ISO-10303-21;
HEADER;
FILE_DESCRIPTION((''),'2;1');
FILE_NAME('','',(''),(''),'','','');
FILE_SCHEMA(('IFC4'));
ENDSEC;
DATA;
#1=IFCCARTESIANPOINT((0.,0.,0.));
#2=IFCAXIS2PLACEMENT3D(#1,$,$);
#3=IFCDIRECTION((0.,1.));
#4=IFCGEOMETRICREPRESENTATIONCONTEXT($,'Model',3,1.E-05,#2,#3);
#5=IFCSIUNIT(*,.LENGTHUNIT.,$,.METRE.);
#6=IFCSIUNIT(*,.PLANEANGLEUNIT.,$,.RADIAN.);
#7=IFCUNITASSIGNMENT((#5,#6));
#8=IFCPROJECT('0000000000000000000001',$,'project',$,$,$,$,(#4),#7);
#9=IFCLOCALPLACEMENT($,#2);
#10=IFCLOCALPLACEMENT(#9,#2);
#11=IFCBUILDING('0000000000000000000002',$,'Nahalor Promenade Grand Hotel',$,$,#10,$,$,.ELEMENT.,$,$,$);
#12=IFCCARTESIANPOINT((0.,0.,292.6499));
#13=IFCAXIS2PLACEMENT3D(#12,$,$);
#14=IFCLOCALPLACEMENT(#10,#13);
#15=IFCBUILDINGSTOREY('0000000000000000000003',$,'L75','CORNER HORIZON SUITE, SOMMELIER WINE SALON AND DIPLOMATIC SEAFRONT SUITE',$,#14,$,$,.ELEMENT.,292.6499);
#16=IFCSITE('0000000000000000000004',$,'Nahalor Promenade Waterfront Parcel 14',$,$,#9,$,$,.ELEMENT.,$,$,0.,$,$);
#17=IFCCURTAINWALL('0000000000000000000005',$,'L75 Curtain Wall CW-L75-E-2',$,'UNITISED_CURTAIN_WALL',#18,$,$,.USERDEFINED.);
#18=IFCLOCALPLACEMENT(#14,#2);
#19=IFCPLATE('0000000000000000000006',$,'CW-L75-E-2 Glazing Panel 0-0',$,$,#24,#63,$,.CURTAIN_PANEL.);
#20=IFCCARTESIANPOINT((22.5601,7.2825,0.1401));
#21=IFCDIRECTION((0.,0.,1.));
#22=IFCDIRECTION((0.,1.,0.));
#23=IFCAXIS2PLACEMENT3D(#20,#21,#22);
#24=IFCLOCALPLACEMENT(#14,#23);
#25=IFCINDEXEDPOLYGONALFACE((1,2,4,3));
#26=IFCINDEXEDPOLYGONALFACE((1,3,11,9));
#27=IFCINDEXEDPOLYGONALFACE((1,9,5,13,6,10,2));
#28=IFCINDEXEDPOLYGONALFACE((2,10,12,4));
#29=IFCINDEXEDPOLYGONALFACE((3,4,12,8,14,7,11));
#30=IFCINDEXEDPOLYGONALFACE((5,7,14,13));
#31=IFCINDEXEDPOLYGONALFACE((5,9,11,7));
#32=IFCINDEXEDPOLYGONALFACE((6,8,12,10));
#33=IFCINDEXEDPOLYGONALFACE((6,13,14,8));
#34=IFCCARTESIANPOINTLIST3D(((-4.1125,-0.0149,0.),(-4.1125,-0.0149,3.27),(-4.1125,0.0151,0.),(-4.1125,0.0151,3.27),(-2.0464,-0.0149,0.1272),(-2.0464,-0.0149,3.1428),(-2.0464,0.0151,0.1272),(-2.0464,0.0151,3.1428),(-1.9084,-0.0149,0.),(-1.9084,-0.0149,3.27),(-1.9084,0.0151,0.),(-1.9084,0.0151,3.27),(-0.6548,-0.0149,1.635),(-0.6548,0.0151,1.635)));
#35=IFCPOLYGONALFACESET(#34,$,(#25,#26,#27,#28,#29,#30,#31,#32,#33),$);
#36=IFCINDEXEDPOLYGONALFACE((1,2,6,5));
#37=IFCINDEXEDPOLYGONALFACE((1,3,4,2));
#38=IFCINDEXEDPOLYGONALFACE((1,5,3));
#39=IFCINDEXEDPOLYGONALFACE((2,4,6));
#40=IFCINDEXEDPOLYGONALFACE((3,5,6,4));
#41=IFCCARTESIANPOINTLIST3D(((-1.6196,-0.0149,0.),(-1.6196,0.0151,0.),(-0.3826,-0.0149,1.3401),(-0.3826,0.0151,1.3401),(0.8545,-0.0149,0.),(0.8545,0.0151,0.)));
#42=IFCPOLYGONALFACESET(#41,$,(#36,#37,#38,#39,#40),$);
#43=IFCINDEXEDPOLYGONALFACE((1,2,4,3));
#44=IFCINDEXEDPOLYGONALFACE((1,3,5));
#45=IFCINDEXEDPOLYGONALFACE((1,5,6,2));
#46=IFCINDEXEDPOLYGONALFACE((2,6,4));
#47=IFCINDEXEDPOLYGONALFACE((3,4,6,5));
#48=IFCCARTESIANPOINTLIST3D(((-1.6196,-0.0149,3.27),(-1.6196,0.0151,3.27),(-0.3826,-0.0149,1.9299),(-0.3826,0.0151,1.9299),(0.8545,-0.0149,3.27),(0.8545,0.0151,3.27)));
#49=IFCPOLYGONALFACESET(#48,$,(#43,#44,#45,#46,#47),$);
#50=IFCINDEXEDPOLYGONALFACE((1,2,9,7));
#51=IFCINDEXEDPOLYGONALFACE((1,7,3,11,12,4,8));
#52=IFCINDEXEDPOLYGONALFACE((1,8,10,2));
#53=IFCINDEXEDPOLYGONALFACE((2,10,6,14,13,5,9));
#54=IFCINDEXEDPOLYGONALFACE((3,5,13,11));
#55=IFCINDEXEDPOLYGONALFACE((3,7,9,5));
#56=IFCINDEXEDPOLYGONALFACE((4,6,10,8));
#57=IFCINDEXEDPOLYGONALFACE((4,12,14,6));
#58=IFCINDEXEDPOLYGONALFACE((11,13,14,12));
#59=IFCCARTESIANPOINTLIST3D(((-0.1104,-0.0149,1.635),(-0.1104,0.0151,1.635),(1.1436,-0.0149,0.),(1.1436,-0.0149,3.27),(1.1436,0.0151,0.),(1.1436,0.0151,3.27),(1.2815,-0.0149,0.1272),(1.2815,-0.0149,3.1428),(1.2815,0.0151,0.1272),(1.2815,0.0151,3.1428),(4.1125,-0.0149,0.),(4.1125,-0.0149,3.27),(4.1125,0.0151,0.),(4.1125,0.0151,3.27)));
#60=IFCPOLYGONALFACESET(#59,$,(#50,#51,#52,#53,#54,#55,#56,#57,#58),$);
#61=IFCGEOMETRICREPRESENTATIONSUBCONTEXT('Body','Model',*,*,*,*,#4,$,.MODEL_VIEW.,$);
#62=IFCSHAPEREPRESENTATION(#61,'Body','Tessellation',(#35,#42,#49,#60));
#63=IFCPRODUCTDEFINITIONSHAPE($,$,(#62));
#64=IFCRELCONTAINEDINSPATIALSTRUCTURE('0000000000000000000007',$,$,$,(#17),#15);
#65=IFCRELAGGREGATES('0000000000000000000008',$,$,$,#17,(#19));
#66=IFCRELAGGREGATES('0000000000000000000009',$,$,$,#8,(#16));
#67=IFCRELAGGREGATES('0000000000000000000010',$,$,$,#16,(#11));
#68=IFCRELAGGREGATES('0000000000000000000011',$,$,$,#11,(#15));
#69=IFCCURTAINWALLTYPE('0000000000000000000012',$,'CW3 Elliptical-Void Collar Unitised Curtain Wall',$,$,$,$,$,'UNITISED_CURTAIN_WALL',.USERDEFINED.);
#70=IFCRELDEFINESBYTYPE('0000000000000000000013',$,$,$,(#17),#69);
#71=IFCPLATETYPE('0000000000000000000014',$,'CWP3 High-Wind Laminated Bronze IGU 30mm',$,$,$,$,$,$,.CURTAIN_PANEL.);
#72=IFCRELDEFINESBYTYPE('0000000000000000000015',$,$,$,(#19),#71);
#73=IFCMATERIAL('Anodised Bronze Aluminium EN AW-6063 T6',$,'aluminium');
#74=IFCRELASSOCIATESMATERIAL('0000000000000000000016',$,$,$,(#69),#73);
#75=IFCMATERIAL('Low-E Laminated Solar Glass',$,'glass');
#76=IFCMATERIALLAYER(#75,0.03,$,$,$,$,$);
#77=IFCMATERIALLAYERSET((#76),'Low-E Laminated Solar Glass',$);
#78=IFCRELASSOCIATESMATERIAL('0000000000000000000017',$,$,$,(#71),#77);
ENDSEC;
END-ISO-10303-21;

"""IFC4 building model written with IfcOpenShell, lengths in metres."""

from ifc_helpers import new_model, si_unit, direction, frame, origin, place, context, subcontext, project, spatial, polyline, outline, extrude, material, layer, layer_set, type_object, element, aggregate, save


model = new_model("IFC4")

# Units and contexts
model_context = context("Model", 3, precision=1e-05, world=origin(), true_north=direction((0.0, 1.0)))
body_context = subcontext(model_context, "Body", "Model", "MODEL_VIEW")
ifc_project = project(units=[si_unit("LENGTHUNIT", "METRE"), si_unit("PLANEANGLEUNIT", "RADIAN")], contexts=[model_context])

# Site, building, storey
site_placement = place(None, origin())
site = spatial("IfcSite", under=ifc_project, at=site_placement, Name="Nahalor Promenade Waterfront Parcel 14", CompositionType="ELEMENT", RefElevation=0.0)
building_placement = place(site_placement, origin())
building = spatial("IfcBuilding", under=site, at=building_placement, Name="Nahalor Promenade Grand Hotel", CompositionType="ELEMENT")
storey_placement = place(building_placement, frame((0.0, 0.0, 292.6499)))
storey = spatial("IfcBuildingStorey", under=building, at=storey_placement, Name="L75", Description="CORNER HORIZON SUITE, SOMMELIER WINE SALON AND DIPLOMATIC SEAFRONT SUITE", CompositionType="ELEMENT", Elevation=292.6499)

# Curtain wall
ifc_material_1 = material(Name="Anodised Bronze Aluminium EN AW-6063 T6", Category="aluminium")
curtain_wall_type = type_object("IfcCurtainWallType", Name="CW3 Elliptical-Void Collar Unitised Curtain Wall", ElementType="UNITISED_CURTAIN_WALL", PredefinedType="USERDEFINED", material=ifc_material_1)
curtain_wall_1_placement = place(storey_placement, origin())
curtain_wall_1 = element("IfcCurtainWall", 1, at=curtain_wall_1_placement, inside=storey, type_object=curtain_wall_type, Name="L75 Curtain Wall CW-L75-E-2", ObjectType="UNITISED_CURTAIN_WALL", PredefinedType="USERDEFINED")

# Plate
ifc_material_2 = material(Name="Low-E Laminated Solar Glass", Category="glass")
ifc_layer_1 = layer(ifc_material_2, 0.03)
ifc_layer_set_1 = layer_set([ifc_layer_1], Name="Low-E Laminated Solar Glass")
plate_type_1 = type_object("IfcPlateType", Name="CWP3 High-Wind Laminated Bronze IGU 30mm", PredefinedType="CURTAIN_PANEL", material=ifc_layer_set_1)
plate_1_placement = place(storey_placement, frame((22.5601, 7.2825, 0.1401), z_axis=(0.0, 0.0, 1.0), x_axis=(0.0, 1.0, 0.0)))
plate_1 = element("IfcPlate", 2, at=plate_1_placement, type_object=plate_type_1, Name="CW-L75-E-2 Glazing Panel 0-0", PredefinedType="CURTAIN_PANEL", context=body_context, shape_type="SweptSolid", body=[
    extrude(outline(polyline([(-4.1125, 3.27), (-4.1125, 0.0), (-1.9084, 0.0), (-2.0464, 0.1272), (-0.6548, 1.635), (-2.0464, 3.1428), (-1.9084, 3.27), (-4.1125, 3.27)])), frame((0.0, 0.0151, 0.0), z_axis=(0.0, -1.0, 0.0), x_axis=(1.0, 0.0, 0.0)), (0.0, 0.0, 1.0), 0.03),
    extrude(outline(polyline([(-0.3826, 1.3401), (-1.6196, 0.0), (0.8545, 0.0), (-0.3826, 1.3401)])), frame((0.0, 0.0151, 0.0), z_axis=(0.0, -1.0, 0.0), x_axis=(1.0, 0.0, 0.0)), (0.0, 0.0, 1.0), 0.03),
    extrude(outline(polyline([(-0.3826, 1.9299), (0.8545, 3.27), (-1.6196, 3.27), (-0.3826, 1.9299)])), frame((0.0, 0.0151, 0.0), z_axis=(0.0, -1.0, 0.0), x_axis=(1.0, 0.0, 0.0)), (0.0, 0.0, 1.0), 0.03),
    extrude(outline(polyline([(4.1125, 0.0), (4.1125, 3.27), (1.1436, 3.27), (1.2815, 3.1428), (-0.1104, 1.635), (1.2815, 0.1272), (1.1436, 0.0), (4.1125, 0.0)])), frame((0.0, 0.0151, 0.0), z_axis=(0.0, -1.0, 0.0), x_axis=(1.0, 0.0, 0.0)), (0.0, 0.0, 1.0), 0.03),
])
aggregate(curtain_wall_1, [plate_1])

save(model, "model.ifc")
